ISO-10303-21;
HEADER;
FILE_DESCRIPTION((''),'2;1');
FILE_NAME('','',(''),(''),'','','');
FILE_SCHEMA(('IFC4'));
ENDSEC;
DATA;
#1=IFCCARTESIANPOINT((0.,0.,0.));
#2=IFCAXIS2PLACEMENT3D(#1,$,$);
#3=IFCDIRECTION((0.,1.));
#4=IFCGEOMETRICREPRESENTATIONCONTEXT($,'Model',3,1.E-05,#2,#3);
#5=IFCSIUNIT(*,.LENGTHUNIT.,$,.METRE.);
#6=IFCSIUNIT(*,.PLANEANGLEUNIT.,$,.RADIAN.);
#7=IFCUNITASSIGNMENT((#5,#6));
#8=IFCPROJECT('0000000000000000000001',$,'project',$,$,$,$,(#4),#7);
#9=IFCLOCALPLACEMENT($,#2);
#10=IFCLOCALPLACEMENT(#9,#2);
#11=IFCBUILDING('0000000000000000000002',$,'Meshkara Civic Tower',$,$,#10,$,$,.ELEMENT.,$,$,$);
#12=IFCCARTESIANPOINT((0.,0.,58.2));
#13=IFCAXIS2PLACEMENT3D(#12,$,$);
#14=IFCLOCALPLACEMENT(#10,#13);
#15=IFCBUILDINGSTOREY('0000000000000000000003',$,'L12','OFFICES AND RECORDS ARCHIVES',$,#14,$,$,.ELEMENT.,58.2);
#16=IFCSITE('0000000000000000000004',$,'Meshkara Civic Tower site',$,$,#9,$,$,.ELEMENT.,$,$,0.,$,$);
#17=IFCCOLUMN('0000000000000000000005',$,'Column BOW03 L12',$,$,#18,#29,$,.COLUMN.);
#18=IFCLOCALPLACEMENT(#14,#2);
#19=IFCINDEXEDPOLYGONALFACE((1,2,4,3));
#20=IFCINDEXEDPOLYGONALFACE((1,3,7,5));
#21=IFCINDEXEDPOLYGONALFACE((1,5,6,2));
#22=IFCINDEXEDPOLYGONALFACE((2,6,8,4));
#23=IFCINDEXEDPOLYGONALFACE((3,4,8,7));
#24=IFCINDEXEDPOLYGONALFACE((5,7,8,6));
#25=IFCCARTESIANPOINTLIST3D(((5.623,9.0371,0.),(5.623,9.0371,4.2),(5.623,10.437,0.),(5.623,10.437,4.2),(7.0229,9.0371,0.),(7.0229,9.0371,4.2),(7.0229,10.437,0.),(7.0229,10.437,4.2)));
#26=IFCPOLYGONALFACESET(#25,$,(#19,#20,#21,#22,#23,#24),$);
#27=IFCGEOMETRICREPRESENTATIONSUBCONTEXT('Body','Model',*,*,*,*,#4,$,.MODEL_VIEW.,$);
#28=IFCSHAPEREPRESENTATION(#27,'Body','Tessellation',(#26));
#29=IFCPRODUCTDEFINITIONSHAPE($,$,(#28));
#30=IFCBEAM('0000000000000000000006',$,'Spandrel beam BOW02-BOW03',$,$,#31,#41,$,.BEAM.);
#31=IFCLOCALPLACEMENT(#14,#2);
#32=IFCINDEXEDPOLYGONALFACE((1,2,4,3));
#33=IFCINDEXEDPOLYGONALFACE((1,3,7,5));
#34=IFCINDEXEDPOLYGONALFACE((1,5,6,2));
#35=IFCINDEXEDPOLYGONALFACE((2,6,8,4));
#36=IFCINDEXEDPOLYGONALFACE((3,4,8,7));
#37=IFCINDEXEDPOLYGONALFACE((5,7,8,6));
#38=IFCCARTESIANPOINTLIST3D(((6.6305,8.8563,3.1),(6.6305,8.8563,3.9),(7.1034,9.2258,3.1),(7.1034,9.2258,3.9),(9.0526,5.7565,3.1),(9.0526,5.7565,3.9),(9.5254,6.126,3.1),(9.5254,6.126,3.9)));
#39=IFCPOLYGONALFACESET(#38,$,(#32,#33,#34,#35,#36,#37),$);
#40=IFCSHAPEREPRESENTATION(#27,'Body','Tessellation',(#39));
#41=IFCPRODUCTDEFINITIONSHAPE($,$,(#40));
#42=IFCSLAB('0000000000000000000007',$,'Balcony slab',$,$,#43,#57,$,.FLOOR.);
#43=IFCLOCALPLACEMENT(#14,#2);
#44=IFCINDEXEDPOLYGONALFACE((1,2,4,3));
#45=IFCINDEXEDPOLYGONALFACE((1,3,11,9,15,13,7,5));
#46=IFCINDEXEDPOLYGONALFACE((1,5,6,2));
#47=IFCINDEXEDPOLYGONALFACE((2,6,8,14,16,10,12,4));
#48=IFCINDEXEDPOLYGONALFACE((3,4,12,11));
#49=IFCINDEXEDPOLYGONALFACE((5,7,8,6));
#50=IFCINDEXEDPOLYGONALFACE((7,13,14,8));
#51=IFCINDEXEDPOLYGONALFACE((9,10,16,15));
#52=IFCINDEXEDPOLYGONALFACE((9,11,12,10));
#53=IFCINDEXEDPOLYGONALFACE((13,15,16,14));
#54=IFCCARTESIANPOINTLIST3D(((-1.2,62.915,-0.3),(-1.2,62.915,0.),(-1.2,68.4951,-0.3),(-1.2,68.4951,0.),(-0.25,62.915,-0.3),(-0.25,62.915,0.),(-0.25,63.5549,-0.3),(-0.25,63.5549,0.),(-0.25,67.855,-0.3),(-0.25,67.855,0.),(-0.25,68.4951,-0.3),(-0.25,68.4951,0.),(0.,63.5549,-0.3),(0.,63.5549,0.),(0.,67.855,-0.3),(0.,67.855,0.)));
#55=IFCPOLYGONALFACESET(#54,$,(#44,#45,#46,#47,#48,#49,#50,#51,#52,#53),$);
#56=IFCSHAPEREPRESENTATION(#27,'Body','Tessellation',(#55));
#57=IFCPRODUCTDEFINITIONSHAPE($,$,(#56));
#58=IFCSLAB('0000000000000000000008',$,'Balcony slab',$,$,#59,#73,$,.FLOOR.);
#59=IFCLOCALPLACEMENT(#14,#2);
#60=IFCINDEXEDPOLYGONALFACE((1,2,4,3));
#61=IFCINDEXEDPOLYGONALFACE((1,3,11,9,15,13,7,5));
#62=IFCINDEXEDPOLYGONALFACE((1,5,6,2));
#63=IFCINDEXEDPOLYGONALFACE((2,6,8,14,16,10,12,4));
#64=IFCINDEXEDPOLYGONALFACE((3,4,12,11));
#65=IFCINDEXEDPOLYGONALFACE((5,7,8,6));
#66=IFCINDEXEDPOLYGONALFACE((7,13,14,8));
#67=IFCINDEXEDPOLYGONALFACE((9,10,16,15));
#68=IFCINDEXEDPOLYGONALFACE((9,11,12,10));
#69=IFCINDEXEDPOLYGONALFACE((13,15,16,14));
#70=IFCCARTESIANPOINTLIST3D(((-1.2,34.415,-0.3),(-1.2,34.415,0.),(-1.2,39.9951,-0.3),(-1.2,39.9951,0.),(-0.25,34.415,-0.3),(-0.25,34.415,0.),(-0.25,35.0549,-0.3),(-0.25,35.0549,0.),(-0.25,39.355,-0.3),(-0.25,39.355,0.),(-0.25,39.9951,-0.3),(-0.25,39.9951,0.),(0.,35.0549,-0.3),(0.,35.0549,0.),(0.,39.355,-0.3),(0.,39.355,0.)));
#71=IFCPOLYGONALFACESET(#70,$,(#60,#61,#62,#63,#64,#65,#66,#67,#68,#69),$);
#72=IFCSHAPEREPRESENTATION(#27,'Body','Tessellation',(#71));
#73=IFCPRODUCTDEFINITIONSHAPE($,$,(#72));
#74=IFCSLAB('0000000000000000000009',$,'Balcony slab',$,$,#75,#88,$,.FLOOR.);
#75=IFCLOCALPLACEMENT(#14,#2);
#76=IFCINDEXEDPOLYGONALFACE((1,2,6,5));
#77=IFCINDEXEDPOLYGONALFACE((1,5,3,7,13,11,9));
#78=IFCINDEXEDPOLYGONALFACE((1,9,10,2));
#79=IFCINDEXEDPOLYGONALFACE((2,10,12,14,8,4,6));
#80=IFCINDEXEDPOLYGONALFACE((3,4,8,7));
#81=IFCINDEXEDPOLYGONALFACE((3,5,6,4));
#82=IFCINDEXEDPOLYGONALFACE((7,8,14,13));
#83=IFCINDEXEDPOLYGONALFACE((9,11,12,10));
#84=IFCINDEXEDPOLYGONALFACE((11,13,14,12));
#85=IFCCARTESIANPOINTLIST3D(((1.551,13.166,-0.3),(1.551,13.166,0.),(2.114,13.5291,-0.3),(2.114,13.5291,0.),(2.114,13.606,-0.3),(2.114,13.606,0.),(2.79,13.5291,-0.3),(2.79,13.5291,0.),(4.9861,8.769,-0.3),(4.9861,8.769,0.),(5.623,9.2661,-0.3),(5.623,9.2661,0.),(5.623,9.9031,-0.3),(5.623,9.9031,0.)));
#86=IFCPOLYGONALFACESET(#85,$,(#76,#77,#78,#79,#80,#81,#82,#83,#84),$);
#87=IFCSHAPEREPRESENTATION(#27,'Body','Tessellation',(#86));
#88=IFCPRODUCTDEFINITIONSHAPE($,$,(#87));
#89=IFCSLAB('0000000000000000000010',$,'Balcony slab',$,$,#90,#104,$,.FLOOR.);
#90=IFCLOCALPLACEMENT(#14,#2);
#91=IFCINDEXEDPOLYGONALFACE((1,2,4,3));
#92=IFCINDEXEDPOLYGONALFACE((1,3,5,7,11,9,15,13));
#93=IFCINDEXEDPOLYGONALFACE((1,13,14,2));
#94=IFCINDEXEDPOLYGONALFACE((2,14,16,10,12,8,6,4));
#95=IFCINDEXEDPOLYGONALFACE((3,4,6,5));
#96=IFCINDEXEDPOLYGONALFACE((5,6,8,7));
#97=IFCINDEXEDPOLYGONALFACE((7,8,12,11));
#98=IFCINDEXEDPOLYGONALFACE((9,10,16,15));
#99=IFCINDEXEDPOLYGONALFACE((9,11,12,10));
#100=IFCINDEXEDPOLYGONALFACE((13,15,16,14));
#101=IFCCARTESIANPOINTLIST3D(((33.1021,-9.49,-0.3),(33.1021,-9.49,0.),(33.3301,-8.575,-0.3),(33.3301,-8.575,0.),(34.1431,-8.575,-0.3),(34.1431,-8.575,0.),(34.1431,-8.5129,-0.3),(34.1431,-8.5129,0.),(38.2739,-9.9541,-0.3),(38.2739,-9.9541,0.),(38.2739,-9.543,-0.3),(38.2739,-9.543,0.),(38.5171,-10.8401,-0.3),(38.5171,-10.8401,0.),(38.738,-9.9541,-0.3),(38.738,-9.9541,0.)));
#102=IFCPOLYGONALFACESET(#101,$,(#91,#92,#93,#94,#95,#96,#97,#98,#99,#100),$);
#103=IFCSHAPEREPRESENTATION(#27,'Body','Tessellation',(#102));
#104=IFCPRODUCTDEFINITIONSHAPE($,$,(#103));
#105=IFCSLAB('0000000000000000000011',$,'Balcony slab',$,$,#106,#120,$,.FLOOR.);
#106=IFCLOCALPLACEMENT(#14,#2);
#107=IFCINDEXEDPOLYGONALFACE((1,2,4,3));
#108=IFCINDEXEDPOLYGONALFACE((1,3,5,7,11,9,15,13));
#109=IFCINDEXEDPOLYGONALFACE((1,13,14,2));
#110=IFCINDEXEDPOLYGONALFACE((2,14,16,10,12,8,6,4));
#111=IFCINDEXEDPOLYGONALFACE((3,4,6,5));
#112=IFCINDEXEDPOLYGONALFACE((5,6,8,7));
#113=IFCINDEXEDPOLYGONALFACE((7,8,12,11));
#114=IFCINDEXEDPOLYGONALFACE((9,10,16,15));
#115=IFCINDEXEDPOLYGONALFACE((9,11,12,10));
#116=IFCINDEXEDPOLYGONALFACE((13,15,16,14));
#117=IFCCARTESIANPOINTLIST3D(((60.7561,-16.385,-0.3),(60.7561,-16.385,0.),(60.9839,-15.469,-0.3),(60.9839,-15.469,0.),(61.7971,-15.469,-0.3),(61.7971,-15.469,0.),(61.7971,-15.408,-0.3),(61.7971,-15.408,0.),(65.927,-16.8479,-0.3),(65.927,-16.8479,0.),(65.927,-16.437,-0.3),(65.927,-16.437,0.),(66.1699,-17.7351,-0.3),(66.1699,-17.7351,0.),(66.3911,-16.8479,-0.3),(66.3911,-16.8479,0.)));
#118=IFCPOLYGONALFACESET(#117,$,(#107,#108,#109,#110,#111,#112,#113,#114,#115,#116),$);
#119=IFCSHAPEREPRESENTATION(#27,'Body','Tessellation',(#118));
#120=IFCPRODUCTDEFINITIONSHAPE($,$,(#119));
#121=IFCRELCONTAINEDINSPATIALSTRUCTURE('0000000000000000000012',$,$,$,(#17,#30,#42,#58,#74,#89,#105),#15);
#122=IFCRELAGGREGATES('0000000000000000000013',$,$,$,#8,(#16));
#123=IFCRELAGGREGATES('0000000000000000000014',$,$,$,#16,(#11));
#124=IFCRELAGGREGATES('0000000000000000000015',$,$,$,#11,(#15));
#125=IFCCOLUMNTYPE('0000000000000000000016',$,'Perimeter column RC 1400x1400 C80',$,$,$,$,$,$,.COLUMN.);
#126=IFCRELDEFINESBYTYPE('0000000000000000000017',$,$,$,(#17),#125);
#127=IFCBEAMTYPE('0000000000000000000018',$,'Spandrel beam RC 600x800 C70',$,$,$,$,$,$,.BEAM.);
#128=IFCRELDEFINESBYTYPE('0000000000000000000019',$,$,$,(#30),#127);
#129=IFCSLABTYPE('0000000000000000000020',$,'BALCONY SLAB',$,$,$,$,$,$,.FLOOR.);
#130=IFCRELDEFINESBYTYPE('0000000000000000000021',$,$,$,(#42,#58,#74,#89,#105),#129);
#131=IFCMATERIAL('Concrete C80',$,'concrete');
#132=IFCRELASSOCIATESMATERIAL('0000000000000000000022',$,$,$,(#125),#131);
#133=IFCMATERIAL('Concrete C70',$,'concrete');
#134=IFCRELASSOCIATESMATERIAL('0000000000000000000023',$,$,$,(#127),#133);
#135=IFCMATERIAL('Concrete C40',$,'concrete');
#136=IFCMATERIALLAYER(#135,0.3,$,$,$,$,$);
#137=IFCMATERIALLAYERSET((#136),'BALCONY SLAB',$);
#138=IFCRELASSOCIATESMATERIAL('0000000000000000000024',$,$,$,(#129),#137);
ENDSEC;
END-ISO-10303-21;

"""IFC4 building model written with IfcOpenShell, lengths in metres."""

from ifc_helpers import new_model, si_unit, direction, frame, origin, origin_2d, place, context, subcontext, project, spatial, polyline, rectangle, outline, extrude, material, layer, layer_set, material_profile, profile_set, type_object, element, save


model = new_model("IFC4")

# Units and contexts
model_context = context("Model", 3, precision=1e-05, world=origin(), true_north=direction((0.0, 1.0)))
body_context = subcontext(model_context, "Body", "Model", "MODEL_VIEW")
ifc_project = project(units=[si_unit("LENGTHUNIT", "METRE"), si_unit("PLANEANGLEUNIT", "RADIAN")], contexts=[model_context])

# Site, building, storey
site_placement = place(None, origin())
site = spatial("IfcSite", under=ifc_project, at=site_placement, Name="Meshkara Civic Tower site", CompositionType="ELEMENT", RefElevation=0.0)
building_placement = place(site_placement, origin())
building = spatial("IfcBuilding", under=site, at=building_placement, Name="Meshkara Civic Tower", CompositionType="ELEMENT")
storey_placement = place(building_placement, frame((0.0, 0.0, 58.2)))
storey = spatial("IfcBuildingStorey", under=building, at=storey_placement, Name="L12", Description="OFFICES AND RECORDS ARCHIVES", CompositionType="ELEMENT", Elevation=58.2)

# Column
ifc_material_1 = material(Name="Concrete C80", Category="concrete")
ifc_material_profile_1 = material_profile(ifc_material_1, rectangle(XDim=1.3999, YDim=1.3999, at=origin_2d()))
ifc_profile_set_1 = profile_set([ifc_material_profile_1], Name="Concrete C80")
column_type = type_object("IfcColumnType", Name="Perimeter column RC 1400x1400 C80", PredefinedType="COLUMN", material=ifc_profile_set_1)
column_placement = place(storey_placement, frame((6.323, 9.7371, 0.0), z_axis=(0.0, 0.0, 1.0), x_axis=(1.0, 0.0, 0.0)))
element("IfcColumn", 1, at=column_placement, inside=storey, type_object=column_type, Name="Column BOW03 L12", PredefinedType="COLUMN", context=body_context, shape_type="SweptSolid", body=[
    extrude(rectangle(XDim=1.3999, YDim=1.3999, at=origin_2d()), origin(), (0.0, 0.0, 1.0), 4.2),
])

# Beam
ifc_material_2 = material(Name="Concrete C70", Category="concrete")
ifc_material_profile_2 = material_profile(ifc_material_2, rectangle(XDim=0.6001, YDim=0.8, at=origin_2d()))
ifc_profile_set_2 = profile_set([ifc_material_profile_2], Name="Concrete C70")
beam_type = type_object("IfcBeamType", Name="Spandrel beam RC 600x800 C70", PredefinedType="BEAM", material=ifc_profile_set_2)
beam_placement = place(storey_placement, frame((6.8669, 9.041, 3.5), z_axis=(0.615701, -0.78798, 0.0), x_axis=(0.78798, 0.615701, 0.0)))
element("IfcBeam", 2, at=beam_placement, inside=storey, type_object=beam_type, Name="Spandrel beam BOW02-BOW03", PredefinedType="BEAM", context=body_context, shape_type="SweptSolid", body=[
    extrude(rectangle(XDim=0.6001, YDim=0.8, at=origin_2d()), origin(), (0.0, 0.0, 1.0), 3.9338),
])

# Slabs
ifc_material_3 = material(Name="Concrete C40", Category="concrete")
ifc_layer_1 = layer(ifc_material_3, 0.3)
ifc_layer_set_1 = layer_set([ifc_layer_1], Name="BALCONY SLAB")
slab_type_1 = type_object("IfcSlabType", Name="BALCONY SLAB", PredefinedType="FLOOR", material=ifc_layer_set_1)
slab_1_placement = place(storey_placement, frame((0.0, 0.0, -0.3)))
element("IfcSlab", 3, at=slab_1_placement, inside=storey, type_object=slab_type_1, Name="Balcony slab", PredefinedType="FLOOR", context=body_context, shape_type="SweptSolid", body=[
    extrude(outline(polyline([(-1.2, 62.915), (-1.2, 68.4951), (-0.25, 68.4951), (-0.25, 67.855), (0.0, 67.855), (0.0, 63.5549), (-0.25, 63.5549), (-0.25, 62.915), (-1.2, 62.915)])), origin(), (0.0, 0.0, 1.0), 0.3),
])
slab_2_placement = place(storey_placement, frame((0.0, 0.0, -0.3)))
element("IfcSlab", 4, at=slab_2_placement, inside=storey, type_object=slab_type_1, Name="Balcony slab", PredefinedType="FLOOR", context=body_context, shape_type="SweptSolid", body=[
    extrude(outline(polyline([(-1.2, 34.415), (-1.2, 39.9951), (-0.25, 39.9951), (-0.25, 39.355), (0.0, 39.355), (0.0, 35.0549), (-0.25, 35.0549), (-0.25, 34.415), (-1.2, 34.415)])), origin(), (0.0, 0.0, 1.0), 0.3),
])
slab_3_placement = place(storey_placement, frame((0.0, 0.0, -0.3)))
element("IfcSlab", 5, at=slab_3_placement, inside=storey, type_object=slab_type_1, Name="Balcony slab", PredefinedType="FLOOR", context=body_context, shape_type="SweptSolid", body=[
    extrude(outline(polyline([(4.9861, 8.769), (1.551, 13.166), (2.114, 13.606), (2.114, 13.5291), (2.79, 13.5291), (5.623, 9.9031), (5.623, 9.2661), (4.9861, 8.769)])), origin(), (0.0, 0.0, 1.0), 0.3),
])
slab_4_placement = place(storey_placement, frame((0.0, 0.0, -0.3)))
element("IfcSlab", 6, at=slab_4_placement, inside=storey, type_object=slab_type_1, Name="Balcony slab", PredefinedType="FLOOR", context=body_context, shape_type="SweptSolid", body=[
    extrude(outline(polyline([(38.5171, -10.8401), (33.1021, -9.49), (33.3301, -8.575), (34.1431, -8.575), (34.1431, -8.5129), (38.2739, -9.543), (38.2739, -9.9541), (38.738, -9.9541), (38.5171, -10.8401)])), origin(), (0.0, 0.0, 1.0), 0.3),
])
slab_5_placement = place(storey_placement, frame((0.0, 0.0, -0.3)))
element("IfcSlab", 7, at=slab_5_placement, inside=storey, type_object=slab_type_1, Name="Balcony slab", PredefinedType="FLOOR", context=body_context, shape_type="SweptSolid", body=[
    extrude(outline(polyline([(66.1699, -17.7351), (60.7561, -16.385), (60.9839, -15.469), (61.7971, -15.469), (61.7971, -15.408), (65.927, -16.437), (65.927, -16.8479), (66.3911, -16.8479), (66.1699, -17.7351)])), origin(), (0.0, 0.0, 1.0), 0.3),
])

save(model, "model.ifc")
